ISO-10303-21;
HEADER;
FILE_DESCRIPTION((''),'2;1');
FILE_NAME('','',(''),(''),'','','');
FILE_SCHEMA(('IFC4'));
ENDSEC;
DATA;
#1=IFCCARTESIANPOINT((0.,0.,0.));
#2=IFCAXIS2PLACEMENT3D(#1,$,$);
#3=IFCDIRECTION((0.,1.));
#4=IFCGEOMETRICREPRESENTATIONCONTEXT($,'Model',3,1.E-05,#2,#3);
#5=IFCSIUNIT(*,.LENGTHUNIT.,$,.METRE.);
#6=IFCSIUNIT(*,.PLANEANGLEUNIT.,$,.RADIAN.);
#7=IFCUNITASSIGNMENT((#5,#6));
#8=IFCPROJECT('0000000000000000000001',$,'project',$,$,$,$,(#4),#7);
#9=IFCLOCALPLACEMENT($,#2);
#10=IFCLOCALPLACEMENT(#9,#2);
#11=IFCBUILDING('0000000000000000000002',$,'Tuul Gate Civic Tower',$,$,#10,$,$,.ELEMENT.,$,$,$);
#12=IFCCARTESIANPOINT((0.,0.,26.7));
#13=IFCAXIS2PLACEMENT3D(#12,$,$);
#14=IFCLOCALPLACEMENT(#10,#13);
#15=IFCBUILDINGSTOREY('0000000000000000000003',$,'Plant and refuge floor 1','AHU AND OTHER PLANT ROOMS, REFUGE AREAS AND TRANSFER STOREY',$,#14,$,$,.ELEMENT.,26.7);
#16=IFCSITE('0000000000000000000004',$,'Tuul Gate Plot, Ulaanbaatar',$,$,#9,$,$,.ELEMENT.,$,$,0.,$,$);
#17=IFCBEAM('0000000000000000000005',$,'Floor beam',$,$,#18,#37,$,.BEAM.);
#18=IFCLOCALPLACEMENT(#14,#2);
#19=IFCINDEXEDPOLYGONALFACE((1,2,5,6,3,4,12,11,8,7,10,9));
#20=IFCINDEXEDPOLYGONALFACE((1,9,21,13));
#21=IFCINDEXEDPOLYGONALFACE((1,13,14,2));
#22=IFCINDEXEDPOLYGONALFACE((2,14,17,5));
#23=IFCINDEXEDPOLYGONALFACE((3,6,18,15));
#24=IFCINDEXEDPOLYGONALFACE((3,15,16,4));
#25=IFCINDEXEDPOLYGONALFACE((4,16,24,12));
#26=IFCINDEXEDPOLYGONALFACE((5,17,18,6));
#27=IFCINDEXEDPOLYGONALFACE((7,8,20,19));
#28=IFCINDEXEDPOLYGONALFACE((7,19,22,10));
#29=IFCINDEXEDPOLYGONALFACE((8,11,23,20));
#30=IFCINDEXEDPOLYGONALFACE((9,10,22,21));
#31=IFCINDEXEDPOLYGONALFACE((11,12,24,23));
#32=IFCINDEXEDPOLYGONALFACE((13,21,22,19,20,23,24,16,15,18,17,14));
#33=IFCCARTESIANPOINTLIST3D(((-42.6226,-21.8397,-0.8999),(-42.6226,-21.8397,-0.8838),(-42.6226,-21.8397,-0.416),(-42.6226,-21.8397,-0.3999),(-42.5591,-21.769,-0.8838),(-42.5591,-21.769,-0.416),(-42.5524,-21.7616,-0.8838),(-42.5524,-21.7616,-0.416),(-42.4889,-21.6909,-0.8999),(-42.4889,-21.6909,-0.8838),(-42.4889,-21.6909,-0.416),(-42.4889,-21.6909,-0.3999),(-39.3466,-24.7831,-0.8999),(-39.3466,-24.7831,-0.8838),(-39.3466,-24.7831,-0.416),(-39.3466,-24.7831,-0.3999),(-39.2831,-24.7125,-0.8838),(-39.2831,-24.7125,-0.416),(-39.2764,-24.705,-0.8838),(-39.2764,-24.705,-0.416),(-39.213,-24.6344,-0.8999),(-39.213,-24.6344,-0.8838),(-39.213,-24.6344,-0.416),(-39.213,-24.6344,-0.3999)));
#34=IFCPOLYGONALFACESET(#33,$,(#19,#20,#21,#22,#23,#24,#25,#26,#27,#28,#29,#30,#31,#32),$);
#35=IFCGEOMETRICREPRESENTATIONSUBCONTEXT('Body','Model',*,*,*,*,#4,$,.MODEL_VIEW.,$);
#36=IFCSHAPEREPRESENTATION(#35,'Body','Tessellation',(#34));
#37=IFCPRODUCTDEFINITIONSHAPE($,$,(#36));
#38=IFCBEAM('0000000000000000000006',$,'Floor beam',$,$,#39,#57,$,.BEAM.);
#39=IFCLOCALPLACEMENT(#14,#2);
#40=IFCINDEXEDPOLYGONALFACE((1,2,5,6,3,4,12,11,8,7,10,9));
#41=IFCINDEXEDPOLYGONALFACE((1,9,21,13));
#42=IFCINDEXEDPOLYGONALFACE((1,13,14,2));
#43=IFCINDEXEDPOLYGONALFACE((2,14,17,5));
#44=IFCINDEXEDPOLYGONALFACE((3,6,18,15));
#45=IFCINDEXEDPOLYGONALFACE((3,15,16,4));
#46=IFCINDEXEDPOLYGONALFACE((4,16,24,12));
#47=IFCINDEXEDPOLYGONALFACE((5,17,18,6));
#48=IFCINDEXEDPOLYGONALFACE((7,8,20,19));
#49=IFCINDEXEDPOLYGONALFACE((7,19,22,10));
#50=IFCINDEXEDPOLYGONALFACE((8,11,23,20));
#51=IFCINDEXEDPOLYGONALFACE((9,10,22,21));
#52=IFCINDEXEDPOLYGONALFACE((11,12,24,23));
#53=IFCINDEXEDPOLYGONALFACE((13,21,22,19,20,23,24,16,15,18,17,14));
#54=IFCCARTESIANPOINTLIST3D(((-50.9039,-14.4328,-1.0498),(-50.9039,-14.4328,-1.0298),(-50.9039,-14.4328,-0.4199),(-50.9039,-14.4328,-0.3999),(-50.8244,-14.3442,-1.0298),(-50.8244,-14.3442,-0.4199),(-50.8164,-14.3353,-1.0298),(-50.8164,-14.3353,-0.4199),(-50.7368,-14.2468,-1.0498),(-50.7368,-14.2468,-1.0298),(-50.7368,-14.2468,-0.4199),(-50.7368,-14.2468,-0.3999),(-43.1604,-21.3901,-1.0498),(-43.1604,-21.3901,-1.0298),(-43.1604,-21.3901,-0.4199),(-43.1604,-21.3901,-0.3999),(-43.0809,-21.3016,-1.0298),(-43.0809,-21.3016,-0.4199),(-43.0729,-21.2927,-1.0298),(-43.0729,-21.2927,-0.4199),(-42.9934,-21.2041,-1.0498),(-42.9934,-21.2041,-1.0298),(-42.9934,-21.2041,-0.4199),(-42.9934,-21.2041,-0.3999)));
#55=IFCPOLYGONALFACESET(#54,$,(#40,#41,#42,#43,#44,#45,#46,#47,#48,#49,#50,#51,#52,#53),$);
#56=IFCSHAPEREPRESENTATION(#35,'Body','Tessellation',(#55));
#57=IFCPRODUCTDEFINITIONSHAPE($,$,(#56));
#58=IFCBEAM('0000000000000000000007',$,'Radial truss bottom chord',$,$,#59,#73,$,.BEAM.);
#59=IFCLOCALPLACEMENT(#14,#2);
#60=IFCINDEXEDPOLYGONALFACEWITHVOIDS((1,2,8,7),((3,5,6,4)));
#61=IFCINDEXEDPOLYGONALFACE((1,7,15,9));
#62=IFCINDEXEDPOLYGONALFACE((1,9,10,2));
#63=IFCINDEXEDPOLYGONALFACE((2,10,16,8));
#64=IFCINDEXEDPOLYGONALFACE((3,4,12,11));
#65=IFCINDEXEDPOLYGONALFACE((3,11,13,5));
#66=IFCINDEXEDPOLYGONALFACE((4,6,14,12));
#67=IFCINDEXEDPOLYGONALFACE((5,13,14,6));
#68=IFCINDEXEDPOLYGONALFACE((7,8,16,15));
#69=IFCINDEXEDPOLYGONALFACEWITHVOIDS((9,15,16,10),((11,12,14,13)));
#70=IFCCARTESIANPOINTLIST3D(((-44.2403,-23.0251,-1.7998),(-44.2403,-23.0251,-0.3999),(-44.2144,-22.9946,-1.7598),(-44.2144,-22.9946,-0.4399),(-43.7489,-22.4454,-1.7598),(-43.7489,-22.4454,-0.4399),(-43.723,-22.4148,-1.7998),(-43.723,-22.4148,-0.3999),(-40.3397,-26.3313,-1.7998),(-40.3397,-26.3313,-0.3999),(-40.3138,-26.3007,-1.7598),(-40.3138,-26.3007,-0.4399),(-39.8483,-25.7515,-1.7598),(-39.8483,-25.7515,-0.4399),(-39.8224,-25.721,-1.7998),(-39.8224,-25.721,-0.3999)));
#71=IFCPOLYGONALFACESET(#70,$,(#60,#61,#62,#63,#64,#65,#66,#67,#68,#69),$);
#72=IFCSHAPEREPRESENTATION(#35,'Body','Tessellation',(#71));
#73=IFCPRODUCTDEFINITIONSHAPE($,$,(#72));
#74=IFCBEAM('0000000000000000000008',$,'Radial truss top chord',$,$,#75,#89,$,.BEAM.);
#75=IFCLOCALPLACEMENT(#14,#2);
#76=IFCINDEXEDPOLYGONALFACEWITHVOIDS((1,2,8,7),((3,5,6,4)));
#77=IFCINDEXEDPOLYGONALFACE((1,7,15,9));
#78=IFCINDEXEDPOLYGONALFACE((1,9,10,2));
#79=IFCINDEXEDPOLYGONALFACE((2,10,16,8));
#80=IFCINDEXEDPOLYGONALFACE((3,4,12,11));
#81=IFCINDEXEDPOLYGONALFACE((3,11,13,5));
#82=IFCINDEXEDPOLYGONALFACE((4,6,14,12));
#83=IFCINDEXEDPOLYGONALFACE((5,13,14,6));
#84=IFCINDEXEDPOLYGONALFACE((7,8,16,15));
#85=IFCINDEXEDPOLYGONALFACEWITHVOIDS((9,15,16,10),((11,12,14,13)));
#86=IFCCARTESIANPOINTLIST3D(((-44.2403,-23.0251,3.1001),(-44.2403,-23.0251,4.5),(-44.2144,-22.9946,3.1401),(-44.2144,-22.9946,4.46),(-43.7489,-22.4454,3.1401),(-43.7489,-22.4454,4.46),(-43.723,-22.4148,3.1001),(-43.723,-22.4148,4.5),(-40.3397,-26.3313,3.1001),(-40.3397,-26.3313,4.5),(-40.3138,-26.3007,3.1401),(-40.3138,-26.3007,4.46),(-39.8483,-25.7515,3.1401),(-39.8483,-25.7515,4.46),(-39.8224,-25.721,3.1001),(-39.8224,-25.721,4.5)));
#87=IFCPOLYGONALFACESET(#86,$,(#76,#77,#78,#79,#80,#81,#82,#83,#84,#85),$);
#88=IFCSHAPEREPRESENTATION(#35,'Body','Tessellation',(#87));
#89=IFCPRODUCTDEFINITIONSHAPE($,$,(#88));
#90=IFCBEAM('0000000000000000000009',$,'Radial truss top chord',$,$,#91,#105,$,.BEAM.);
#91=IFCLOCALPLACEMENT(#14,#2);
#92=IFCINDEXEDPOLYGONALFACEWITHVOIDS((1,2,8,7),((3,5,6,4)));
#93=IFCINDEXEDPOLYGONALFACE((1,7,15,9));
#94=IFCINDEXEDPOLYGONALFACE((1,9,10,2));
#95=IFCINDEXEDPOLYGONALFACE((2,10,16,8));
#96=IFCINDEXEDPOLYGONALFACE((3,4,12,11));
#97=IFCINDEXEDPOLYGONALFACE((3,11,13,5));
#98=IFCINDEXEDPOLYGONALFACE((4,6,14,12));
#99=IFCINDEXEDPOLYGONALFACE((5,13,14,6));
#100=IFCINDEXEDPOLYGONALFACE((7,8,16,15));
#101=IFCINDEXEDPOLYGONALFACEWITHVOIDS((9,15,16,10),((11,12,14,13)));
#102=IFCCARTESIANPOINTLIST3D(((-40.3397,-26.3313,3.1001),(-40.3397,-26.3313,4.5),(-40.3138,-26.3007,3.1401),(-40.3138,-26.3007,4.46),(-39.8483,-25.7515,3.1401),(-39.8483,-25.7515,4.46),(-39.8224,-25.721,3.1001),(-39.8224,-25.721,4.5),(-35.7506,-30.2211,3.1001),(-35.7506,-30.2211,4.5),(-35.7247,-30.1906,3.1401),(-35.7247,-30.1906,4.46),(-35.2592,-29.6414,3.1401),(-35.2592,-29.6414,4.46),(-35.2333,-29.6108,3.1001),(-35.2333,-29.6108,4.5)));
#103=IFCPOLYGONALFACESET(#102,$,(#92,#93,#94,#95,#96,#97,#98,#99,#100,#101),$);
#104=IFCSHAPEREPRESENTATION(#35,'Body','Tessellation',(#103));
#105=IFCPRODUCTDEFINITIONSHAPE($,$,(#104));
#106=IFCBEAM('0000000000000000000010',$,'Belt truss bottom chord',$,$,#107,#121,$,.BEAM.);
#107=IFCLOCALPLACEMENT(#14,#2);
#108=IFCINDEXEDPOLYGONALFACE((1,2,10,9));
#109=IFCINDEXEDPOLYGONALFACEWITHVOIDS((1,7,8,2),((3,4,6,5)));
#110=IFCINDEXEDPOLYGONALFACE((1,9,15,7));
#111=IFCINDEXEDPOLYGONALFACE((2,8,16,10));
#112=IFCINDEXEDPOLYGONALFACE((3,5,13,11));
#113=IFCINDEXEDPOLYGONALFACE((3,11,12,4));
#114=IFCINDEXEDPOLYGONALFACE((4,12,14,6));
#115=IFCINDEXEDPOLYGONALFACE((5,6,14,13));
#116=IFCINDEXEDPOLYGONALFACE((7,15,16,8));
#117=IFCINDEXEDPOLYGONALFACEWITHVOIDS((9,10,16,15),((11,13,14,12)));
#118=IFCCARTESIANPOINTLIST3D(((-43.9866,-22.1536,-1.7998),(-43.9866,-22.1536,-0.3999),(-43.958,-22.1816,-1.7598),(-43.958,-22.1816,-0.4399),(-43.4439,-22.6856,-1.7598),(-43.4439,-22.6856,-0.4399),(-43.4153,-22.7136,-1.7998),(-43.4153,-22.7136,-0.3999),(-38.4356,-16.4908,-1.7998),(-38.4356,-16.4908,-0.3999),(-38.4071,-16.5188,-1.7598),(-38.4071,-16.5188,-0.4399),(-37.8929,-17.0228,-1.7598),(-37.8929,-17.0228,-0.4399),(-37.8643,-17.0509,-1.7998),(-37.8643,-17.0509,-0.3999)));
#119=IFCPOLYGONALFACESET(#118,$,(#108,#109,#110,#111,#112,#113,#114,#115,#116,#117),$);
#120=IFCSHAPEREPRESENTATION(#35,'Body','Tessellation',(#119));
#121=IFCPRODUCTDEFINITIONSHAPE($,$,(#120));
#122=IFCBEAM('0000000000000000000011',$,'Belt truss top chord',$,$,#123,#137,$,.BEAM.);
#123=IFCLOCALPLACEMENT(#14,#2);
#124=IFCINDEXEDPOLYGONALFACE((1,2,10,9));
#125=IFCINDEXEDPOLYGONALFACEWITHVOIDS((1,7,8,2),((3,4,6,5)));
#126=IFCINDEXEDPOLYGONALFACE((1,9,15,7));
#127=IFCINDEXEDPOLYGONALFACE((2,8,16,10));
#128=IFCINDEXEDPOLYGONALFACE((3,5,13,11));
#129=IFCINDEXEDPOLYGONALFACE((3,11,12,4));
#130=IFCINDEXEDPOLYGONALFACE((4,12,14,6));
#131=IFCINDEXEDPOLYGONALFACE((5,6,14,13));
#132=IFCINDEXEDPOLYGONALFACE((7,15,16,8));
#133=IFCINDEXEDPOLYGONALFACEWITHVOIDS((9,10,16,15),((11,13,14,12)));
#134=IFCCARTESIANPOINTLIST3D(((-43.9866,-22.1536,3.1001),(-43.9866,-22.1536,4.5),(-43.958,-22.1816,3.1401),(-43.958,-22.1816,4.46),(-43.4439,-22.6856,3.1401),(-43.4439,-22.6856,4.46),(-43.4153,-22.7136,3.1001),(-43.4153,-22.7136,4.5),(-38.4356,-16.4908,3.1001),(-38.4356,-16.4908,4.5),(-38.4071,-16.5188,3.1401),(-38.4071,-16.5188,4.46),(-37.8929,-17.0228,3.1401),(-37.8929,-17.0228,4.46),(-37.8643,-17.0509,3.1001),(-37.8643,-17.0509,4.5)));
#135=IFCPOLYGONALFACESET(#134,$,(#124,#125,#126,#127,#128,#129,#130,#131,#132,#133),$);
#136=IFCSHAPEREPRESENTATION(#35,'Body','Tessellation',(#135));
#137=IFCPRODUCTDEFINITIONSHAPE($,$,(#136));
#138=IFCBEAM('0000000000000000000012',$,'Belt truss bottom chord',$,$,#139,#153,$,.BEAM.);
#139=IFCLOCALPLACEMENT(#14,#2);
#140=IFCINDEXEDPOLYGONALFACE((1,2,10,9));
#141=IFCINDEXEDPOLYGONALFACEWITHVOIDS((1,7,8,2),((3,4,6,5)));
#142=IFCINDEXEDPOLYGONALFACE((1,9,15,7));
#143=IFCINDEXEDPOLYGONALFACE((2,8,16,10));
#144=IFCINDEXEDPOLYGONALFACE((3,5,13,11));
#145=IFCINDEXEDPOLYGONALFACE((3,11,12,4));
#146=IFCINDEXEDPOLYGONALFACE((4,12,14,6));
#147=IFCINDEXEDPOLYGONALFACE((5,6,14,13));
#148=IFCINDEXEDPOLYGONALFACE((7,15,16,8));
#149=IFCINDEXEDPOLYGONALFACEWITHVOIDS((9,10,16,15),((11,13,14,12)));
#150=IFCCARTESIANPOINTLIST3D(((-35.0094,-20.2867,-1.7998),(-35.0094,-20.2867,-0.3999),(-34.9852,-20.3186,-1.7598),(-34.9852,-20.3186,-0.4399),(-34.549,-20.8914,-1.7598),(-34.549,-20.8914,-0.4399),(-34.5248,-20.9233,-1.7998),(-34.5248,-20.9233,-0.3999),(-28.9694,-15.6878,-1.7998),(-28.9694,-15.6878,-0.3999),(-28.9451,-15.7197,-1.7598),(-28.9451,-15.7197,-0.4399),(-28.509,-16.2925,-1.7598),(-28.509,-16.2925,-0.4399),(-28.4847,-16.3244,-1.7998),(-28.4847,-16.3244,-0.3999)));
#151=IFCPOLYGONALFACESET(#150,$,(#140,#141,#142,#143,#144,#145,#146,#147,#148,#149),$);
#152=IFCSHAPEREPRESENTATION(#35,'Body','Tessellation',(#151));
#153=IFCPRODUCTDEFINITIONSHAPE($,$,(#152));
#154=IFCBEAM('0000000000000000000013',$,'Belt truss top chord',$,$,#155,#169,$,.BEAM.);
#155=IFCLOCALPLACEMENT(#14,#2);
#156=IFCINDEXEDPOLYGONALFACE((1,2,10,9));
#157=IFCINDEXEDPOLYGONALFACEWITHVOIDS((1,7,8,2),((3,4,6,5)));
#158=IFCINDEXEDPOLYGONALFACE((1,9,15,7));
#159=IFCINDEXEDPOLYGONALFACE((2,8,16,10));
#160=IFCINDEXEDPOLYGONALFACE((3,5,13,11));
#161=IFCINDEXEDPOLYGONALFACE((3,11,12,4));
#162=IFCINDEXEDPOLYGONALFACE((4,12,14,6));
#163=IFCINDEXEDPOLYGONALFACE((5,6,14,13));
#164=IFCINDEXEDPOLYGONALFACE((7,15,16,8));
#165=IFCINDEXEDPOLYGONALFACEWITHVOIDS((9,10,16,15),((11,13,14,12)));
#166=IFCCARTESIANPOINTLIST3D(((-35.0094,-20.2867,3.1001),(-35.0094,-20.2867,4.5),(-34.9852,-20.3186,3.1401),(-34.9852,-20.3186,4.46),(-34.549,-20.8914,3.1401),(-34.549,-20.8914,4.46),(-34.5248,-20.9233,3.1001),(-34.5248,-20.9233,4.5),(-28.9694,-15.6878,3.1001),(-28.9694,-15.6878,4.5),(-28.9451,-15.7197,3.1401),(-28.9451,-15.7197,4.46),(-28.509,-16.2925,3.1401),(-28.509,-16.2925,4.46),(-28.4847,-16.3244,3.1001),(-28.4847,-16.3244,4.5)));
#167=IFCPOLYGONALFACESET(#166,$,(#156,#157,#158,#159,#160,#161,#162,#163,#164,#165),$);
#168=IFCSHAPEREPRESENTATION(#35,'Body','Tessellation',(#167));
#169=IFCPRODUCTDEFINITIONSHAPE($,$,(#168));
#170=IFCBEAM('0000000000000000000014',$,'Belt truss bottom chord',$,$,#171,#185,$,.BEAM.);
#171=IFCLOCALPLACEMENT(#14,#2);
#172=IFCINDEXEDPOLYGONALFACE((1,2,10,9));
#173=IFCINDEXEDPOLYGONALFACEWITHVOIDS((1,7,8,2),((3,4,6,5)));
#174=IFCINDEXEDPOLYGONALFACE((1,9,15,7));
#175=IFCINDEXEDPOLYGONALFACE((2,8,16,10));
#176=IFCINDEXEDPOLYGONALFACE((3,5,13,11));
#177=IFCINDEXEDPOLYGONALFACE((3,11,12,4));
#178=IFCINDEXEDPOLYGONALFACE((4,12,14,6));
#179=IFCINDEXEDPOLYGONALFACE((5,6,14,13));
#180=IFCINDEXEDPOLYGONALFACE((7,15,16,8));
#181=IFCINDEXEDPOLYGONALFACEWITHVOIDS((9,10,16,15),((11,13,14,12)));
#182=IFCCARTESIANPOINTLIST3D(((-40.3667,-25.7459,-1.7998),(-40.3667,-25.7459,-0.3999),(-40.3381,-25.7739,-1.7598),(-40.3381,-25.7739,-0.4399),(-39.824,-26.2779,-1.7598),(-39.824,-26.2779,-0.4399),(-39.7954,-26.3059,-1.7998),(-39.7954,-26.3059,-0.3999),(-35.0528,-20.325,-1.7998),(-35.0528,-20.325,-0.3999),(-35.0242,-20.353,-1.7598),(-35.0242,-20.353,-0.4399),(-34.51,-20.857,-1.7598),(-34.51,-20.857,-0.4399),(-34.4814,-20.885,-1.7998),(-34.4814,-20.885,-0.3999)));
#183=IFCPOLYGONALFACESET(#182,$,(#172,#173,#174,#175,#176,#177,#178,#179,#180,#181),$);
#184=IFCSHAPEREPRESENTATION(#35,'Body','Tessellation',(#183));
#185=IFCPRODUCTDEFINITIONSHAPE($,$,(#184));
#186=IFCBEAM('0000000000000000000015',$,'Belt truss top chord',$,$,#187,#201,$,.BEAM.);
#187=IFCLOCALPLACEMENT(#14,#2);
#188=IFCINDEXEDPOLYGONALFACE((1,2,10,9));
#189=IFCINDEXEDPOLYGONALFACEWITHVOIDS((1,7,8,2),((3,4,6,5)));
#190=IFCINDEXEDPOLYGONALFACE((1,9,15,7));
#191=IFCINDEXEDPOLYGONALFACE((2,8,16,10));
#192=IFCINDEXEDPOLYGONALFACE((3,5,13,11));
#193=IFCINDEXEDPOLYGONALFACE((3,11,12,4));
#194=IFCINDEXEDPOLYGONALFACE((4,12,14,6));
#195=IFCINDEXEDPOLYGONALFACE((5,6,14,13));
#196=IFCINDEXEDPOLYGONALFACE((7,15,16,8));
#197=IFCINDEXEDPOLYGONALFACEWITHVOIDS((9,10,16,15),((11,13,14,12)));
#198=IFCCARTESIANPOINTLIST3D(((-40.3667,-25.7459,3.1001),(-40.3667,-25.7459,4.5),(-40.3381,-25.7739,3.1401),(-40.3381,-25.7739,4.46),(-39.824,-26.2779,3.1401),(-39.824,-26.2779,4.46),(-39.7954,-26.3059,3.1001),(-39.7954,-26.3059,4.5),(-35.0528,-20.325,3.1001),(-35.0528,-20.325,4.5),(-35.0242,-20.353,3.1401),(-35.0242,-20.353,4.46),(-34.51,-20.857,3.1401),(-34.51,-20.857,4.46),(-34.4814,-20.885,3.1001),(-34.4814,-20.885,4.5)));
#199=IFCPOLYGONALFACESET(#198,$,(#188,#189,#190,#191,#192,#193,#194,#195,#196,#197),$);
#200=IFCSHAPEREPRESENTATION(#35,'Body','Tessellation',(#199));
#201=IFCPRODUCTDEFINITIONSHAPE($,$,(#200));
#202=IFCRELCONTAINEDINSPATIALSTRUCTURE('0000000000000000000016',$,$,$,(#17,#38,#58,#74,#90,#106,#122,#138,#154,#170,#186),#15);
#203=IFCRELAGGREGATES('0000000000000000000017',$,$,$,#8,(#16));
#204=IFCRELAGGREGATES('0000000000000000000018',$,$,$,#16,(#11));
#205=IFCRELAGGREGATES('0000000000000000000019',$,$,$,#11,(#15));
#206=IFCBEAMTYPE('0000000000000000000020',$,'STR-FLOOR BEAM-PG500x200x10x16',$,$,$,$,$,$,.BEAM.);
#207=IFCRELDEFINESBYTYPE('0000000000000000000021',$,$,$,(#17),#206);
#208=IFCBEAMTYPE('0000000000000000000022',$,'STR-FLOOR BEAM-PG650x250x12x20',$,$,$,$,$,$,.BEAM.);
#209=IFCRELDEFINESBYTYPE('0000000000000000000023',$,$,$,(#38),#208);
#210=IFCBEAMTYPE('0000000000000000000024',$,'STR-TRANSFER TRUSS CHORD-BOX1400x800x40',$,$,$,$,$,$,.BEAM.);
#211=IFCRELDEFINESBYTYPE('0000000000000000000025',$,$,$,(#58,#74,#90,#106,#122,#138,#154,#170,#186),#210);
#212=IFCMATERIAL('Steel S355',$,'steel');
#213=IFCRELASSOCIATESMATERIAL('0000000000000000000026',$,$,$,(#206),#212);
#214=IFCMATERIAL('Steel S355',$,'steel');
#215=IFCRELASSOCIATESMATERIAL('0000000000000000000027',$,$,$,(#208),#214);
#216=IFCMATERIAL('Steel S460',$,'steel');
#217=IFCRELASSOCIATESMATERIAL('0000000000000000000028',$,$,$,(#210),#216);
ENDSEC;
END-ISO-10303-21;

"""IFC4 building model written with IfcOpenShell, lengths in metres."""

from ifc_helpers import new_model, si_unit, direction, frame, origin, origin_2d, place, context, subcontext, project, spatial, hollow_rectangle, i_section, extrude, material, material_profile, profile_set, type_object, element, save


model = new_model("IFC4")

# Units and contexts
model_context = context("Model", 3, precision=1e-05, world=origin(), true_north=direction((0.0, 1.0)))
body_context = subcontext(model_context, "Body", "Model", "MODEL_VIEW")
ifc_project = project(units=[si_unit("LENGTHUNIT", "METRE"), si_unit("PLANEANGLEUNIT", "RADIAN")], contexts=[model_context])

# Site, building, storey
site_placement = place(None, origin())
site = spatial("IfcSite", under=ifc_project, at=site_placement, Name="Tuul Gate Plot, Ulaanbaatar", CompositionType="ELEMENT", RefElevation=0.0)
building_placement = place(site_placement, origin())
building = spatial("IfcBuilding", under=site, at=building_placement, Name="Tuul Gate Civic Tower", CompositionType="ELEMENT")
storey_placement = place(building_placement, frame((0.0, 0.0, 26.7)))
storey = spatial("IfcBuildingStorey", under=building, at=storey_placement, Name="Plant and refuge floor 1", Description="AHU AND OTHER PLANT ROOMS, REFUGE AREAS AND TRANSFER STOREY", CompositionType="ELEMENT", Elevation=26.7)

# Beams
ifc_material_1 = material(Name="Steel S355", Category="steel")
ifc_material_profile_1 = material_profile(ifc_material_1, i_section(OverallWidth=0.2, OverallDepth=0.5, WebThickness=0.01, FlangeThickness=0.0161, at=origin_2d()), Name="PG500x200x10x16")
ifc_profile_set_1 = profile_set([ifc_material_profile_1], Name="Steel S355")
beam_type_1 = type_object("IfcBeamType", Name="STR-FLOOR BEAM-PG500x200x10x16", PredefinedType="BEAM", material=ifc_profile_set_1)
beam_1_placement = place(storey_placement, frame((-39.2798, -24.7087, -0.6499), z_axis=(-0.743851, 0.668346, 0.0), x_axis=(-0.668346, -0.743851, 0.0)))
element("IfcBeam", 1, at=beam_1_placement, inside=storey, type_object=beam_type_1, Name="Floor beam", PredefinedType="BEAM", context=body_context, shape_type="SweptSolid", body=[
    extrude(i_section(OverallWidth=0.2, OverallDepth=0.5, WebThickness=0.01, FlangeThickness=0.0161, at=origin_2d()), origin(), (0.0, 0.0, 1.0), 4.4041),
])
ifc_material_2 = material(Name="Steel S355", Category="steel")
ifc_material_profile_2 = material_profile(ifc_material_2, i_section(OverallWidth=0.25, OverallDepth=0.6499, WebThickness=0.012, FlangeThickness=0.02, at=origin_2d()), Name="PG650x250x12x20")
ifc_profile_set_2 = profile_set([ifc_material_profile_2], Name="Steel S355")
beam_type_2 = type_object("IfcBeamType", Name="STR-FLOOR BEAM-PG650x250x12x20", PredefinedType="BEAM", material=ifc_profile_set_2)
beam_2_placement = place(storey_placement, frame((-43.0769, -21.2971, -0.7249), z_axis=(-0.743857, 0.668339, 0.0), x_axis=(-0.668339, -0.743857, 0.0)))
element("IfcBeam", 2, at=beam_2_placement, inside=storey, type_object=beam_type_2, Name="Floor beam", PredefinedType="BEAM", context=body_context, shape_type="SweptSolid", body=[
    extrude(i_section(OverallWidth=0.25, OverallDepth=0.6499, WebThickness=0.012, FlangeThickness=0.02, at=origin_2d()), origin(), (0.0, 0.0, 1.0), 10.4099),
])
ifc_material_3 = material(Name="Steel S460", Category="steel")
ifc_material_profile_3 = material_profile(ifc_material_3, hollow_rectangle(XDim=0.8, YDim=1.3999, WallThickness=0.04, at=origin_2d()), Name="BOX1400x800x40")
ifc_profile_set_3 = profile_set([ifc_material_profile_3], Name="Steel S460")
beam_type_3 = type_object("IfcBeamType", Name="STR-TRANSFER TRUSS CHORD-BOX1400x800x40", PredefinedType="BEAM", material=ifc_profile_set_3)
for number, where, z_axis, x_axis, name in (
    (3, (-43.9817, -22.72, -1.0999), (0.762845, -0.646582, 0.0), (0.646582, 0.762845, 0.0), "Radial truss bottom chord"),
    (4, (-43.9817, -22.72, 3.8), (0.762845, -0.646582, 0.0), (0.646582, 0.762845, 0.0), "Radial truss top chord"),
):
    element("IfcBeam", number, at=place(storey_placement, frame(where, z_axis=z_axis, x_axis=x_axis)), inside=storey, type_object=beam_type_3, Name=name, PredefinedType="BEAM", context=body_context, shape_type="SweptSolid", body=[
        extrude(hollow_rectangle(XDim=0.8, YDim=1.3999, WallThickness=0.04, at=origin_2d()), origin(), (0.0, 0.0, 1.0), 5.1133),
    ])
beam_3_placement = place(storey_placement, frame((-40.0811, -26.0261, 3.8), z_axis=(0.762829, -0.646601, 0.0), x_axis=(0.646601, 0.762829, 0.0)))
element("IfcBeam", 5, at=beam_3_placement, inside=storey, type_object=beam_type_3, Name="Radial truss top chord", PredefinedType="BEAM", context=body_context, shape_type="SweptSolid", body=[
    extrude(hollow_rectangle(XDim=0.8, YDim=1.3999, WallThickness=0.04, at=origin_2d()), origin(), (0.0, 0.0, 1.0), 6.0159),
])
for number, where, z_axis, x_axis, name in (
    (6, (-43.7009, -22.4336, -1.0999), (0.700021, 0.714122, 0.0), (-0.714122, 0.700021, 0.0), "Belt truss bottom chord"),
    (7, (-43.7009, -22.4336, 3.8), (0.700021, 0.714122, 0.0), (-0.714122, 0.700021, 0.0), "Belt truss top chord"),
):
    element("IfcBeam", number, at=place(storey_placement, frame(where, z_axis=z_axis, x_axis=x_axis)), inside=storey, type_object=beam_type_3, Name=name, PredefinedType="BEAM", context=body_context, shape_type="SweptSolid", body=[
        extrude(hollow_rectangle(XDim=0.8, YDim=1.3999, WallThickness=0.04, at=origin_2d()), origin(), (0.0, 0.0, 1.0), 7.9297),
    ])
for number, where, z_axis, x_axis, name in (
    (8, (-34.7671, -20.605, -1.0999), (0.795626, 0.605788, 0.0), (-0.605788, 0.795626, 0.0), "Belt truss bottom chord"),
    (9, (-34.7671, -20.605, 3.8), (0.795626, 0.605788, 0.0), (-0.605788, 0.795626, 0.0), "Belt truss top chord"),
):
    element("IfcBeam", number, at=place(storey_placement, frame(where, z_axis=z_axis, x_axis=x_axis)), inside=storey, type_object=beam_type_3, Name=name, PredefinedType="BEAM", context=body_context, shape_type="SweptSolid", body=[
        extrude(hollow_rectangle(XDim=0.8, YDim=1.3999, WallThickness=0.04, at=origin_2d()), origin(), (0.0, 0.0, 1.0), 7.5916),
    ])
for number, where, z_axis, x_axis, name in (
    (10, (-40.0811, -26.0259, -1.0999), (0.700028, 0.714115, 0.0), (-0.714115, 0.700028, 0.0), "Belt truss bottom chord"),
    (11, (-40.0811, -26.0259, 3.8), (0.700028, 0.714115, 0.0), (-0.714115, 0.700028, 0.0), "Belt truss top chord"),
):
    element("IfcBeam", number, at=place(storey_placement, frame(where, z_axis=z_axis, x_axis=x_axis)), inside=storey, type_object=beam_type_3, Name=name, PredefinedType="BEAM", context=body_context, shape_type="SweptSolid", body=[
        extrude(hollow_rectangle(XDim=0.8, YDim=1.3999, WallThickness=0.04, at=origin_2d()), origin(), (0.0, 0.0, 1.0), 7.5911),
    ])

save(model, "model.ifc")
